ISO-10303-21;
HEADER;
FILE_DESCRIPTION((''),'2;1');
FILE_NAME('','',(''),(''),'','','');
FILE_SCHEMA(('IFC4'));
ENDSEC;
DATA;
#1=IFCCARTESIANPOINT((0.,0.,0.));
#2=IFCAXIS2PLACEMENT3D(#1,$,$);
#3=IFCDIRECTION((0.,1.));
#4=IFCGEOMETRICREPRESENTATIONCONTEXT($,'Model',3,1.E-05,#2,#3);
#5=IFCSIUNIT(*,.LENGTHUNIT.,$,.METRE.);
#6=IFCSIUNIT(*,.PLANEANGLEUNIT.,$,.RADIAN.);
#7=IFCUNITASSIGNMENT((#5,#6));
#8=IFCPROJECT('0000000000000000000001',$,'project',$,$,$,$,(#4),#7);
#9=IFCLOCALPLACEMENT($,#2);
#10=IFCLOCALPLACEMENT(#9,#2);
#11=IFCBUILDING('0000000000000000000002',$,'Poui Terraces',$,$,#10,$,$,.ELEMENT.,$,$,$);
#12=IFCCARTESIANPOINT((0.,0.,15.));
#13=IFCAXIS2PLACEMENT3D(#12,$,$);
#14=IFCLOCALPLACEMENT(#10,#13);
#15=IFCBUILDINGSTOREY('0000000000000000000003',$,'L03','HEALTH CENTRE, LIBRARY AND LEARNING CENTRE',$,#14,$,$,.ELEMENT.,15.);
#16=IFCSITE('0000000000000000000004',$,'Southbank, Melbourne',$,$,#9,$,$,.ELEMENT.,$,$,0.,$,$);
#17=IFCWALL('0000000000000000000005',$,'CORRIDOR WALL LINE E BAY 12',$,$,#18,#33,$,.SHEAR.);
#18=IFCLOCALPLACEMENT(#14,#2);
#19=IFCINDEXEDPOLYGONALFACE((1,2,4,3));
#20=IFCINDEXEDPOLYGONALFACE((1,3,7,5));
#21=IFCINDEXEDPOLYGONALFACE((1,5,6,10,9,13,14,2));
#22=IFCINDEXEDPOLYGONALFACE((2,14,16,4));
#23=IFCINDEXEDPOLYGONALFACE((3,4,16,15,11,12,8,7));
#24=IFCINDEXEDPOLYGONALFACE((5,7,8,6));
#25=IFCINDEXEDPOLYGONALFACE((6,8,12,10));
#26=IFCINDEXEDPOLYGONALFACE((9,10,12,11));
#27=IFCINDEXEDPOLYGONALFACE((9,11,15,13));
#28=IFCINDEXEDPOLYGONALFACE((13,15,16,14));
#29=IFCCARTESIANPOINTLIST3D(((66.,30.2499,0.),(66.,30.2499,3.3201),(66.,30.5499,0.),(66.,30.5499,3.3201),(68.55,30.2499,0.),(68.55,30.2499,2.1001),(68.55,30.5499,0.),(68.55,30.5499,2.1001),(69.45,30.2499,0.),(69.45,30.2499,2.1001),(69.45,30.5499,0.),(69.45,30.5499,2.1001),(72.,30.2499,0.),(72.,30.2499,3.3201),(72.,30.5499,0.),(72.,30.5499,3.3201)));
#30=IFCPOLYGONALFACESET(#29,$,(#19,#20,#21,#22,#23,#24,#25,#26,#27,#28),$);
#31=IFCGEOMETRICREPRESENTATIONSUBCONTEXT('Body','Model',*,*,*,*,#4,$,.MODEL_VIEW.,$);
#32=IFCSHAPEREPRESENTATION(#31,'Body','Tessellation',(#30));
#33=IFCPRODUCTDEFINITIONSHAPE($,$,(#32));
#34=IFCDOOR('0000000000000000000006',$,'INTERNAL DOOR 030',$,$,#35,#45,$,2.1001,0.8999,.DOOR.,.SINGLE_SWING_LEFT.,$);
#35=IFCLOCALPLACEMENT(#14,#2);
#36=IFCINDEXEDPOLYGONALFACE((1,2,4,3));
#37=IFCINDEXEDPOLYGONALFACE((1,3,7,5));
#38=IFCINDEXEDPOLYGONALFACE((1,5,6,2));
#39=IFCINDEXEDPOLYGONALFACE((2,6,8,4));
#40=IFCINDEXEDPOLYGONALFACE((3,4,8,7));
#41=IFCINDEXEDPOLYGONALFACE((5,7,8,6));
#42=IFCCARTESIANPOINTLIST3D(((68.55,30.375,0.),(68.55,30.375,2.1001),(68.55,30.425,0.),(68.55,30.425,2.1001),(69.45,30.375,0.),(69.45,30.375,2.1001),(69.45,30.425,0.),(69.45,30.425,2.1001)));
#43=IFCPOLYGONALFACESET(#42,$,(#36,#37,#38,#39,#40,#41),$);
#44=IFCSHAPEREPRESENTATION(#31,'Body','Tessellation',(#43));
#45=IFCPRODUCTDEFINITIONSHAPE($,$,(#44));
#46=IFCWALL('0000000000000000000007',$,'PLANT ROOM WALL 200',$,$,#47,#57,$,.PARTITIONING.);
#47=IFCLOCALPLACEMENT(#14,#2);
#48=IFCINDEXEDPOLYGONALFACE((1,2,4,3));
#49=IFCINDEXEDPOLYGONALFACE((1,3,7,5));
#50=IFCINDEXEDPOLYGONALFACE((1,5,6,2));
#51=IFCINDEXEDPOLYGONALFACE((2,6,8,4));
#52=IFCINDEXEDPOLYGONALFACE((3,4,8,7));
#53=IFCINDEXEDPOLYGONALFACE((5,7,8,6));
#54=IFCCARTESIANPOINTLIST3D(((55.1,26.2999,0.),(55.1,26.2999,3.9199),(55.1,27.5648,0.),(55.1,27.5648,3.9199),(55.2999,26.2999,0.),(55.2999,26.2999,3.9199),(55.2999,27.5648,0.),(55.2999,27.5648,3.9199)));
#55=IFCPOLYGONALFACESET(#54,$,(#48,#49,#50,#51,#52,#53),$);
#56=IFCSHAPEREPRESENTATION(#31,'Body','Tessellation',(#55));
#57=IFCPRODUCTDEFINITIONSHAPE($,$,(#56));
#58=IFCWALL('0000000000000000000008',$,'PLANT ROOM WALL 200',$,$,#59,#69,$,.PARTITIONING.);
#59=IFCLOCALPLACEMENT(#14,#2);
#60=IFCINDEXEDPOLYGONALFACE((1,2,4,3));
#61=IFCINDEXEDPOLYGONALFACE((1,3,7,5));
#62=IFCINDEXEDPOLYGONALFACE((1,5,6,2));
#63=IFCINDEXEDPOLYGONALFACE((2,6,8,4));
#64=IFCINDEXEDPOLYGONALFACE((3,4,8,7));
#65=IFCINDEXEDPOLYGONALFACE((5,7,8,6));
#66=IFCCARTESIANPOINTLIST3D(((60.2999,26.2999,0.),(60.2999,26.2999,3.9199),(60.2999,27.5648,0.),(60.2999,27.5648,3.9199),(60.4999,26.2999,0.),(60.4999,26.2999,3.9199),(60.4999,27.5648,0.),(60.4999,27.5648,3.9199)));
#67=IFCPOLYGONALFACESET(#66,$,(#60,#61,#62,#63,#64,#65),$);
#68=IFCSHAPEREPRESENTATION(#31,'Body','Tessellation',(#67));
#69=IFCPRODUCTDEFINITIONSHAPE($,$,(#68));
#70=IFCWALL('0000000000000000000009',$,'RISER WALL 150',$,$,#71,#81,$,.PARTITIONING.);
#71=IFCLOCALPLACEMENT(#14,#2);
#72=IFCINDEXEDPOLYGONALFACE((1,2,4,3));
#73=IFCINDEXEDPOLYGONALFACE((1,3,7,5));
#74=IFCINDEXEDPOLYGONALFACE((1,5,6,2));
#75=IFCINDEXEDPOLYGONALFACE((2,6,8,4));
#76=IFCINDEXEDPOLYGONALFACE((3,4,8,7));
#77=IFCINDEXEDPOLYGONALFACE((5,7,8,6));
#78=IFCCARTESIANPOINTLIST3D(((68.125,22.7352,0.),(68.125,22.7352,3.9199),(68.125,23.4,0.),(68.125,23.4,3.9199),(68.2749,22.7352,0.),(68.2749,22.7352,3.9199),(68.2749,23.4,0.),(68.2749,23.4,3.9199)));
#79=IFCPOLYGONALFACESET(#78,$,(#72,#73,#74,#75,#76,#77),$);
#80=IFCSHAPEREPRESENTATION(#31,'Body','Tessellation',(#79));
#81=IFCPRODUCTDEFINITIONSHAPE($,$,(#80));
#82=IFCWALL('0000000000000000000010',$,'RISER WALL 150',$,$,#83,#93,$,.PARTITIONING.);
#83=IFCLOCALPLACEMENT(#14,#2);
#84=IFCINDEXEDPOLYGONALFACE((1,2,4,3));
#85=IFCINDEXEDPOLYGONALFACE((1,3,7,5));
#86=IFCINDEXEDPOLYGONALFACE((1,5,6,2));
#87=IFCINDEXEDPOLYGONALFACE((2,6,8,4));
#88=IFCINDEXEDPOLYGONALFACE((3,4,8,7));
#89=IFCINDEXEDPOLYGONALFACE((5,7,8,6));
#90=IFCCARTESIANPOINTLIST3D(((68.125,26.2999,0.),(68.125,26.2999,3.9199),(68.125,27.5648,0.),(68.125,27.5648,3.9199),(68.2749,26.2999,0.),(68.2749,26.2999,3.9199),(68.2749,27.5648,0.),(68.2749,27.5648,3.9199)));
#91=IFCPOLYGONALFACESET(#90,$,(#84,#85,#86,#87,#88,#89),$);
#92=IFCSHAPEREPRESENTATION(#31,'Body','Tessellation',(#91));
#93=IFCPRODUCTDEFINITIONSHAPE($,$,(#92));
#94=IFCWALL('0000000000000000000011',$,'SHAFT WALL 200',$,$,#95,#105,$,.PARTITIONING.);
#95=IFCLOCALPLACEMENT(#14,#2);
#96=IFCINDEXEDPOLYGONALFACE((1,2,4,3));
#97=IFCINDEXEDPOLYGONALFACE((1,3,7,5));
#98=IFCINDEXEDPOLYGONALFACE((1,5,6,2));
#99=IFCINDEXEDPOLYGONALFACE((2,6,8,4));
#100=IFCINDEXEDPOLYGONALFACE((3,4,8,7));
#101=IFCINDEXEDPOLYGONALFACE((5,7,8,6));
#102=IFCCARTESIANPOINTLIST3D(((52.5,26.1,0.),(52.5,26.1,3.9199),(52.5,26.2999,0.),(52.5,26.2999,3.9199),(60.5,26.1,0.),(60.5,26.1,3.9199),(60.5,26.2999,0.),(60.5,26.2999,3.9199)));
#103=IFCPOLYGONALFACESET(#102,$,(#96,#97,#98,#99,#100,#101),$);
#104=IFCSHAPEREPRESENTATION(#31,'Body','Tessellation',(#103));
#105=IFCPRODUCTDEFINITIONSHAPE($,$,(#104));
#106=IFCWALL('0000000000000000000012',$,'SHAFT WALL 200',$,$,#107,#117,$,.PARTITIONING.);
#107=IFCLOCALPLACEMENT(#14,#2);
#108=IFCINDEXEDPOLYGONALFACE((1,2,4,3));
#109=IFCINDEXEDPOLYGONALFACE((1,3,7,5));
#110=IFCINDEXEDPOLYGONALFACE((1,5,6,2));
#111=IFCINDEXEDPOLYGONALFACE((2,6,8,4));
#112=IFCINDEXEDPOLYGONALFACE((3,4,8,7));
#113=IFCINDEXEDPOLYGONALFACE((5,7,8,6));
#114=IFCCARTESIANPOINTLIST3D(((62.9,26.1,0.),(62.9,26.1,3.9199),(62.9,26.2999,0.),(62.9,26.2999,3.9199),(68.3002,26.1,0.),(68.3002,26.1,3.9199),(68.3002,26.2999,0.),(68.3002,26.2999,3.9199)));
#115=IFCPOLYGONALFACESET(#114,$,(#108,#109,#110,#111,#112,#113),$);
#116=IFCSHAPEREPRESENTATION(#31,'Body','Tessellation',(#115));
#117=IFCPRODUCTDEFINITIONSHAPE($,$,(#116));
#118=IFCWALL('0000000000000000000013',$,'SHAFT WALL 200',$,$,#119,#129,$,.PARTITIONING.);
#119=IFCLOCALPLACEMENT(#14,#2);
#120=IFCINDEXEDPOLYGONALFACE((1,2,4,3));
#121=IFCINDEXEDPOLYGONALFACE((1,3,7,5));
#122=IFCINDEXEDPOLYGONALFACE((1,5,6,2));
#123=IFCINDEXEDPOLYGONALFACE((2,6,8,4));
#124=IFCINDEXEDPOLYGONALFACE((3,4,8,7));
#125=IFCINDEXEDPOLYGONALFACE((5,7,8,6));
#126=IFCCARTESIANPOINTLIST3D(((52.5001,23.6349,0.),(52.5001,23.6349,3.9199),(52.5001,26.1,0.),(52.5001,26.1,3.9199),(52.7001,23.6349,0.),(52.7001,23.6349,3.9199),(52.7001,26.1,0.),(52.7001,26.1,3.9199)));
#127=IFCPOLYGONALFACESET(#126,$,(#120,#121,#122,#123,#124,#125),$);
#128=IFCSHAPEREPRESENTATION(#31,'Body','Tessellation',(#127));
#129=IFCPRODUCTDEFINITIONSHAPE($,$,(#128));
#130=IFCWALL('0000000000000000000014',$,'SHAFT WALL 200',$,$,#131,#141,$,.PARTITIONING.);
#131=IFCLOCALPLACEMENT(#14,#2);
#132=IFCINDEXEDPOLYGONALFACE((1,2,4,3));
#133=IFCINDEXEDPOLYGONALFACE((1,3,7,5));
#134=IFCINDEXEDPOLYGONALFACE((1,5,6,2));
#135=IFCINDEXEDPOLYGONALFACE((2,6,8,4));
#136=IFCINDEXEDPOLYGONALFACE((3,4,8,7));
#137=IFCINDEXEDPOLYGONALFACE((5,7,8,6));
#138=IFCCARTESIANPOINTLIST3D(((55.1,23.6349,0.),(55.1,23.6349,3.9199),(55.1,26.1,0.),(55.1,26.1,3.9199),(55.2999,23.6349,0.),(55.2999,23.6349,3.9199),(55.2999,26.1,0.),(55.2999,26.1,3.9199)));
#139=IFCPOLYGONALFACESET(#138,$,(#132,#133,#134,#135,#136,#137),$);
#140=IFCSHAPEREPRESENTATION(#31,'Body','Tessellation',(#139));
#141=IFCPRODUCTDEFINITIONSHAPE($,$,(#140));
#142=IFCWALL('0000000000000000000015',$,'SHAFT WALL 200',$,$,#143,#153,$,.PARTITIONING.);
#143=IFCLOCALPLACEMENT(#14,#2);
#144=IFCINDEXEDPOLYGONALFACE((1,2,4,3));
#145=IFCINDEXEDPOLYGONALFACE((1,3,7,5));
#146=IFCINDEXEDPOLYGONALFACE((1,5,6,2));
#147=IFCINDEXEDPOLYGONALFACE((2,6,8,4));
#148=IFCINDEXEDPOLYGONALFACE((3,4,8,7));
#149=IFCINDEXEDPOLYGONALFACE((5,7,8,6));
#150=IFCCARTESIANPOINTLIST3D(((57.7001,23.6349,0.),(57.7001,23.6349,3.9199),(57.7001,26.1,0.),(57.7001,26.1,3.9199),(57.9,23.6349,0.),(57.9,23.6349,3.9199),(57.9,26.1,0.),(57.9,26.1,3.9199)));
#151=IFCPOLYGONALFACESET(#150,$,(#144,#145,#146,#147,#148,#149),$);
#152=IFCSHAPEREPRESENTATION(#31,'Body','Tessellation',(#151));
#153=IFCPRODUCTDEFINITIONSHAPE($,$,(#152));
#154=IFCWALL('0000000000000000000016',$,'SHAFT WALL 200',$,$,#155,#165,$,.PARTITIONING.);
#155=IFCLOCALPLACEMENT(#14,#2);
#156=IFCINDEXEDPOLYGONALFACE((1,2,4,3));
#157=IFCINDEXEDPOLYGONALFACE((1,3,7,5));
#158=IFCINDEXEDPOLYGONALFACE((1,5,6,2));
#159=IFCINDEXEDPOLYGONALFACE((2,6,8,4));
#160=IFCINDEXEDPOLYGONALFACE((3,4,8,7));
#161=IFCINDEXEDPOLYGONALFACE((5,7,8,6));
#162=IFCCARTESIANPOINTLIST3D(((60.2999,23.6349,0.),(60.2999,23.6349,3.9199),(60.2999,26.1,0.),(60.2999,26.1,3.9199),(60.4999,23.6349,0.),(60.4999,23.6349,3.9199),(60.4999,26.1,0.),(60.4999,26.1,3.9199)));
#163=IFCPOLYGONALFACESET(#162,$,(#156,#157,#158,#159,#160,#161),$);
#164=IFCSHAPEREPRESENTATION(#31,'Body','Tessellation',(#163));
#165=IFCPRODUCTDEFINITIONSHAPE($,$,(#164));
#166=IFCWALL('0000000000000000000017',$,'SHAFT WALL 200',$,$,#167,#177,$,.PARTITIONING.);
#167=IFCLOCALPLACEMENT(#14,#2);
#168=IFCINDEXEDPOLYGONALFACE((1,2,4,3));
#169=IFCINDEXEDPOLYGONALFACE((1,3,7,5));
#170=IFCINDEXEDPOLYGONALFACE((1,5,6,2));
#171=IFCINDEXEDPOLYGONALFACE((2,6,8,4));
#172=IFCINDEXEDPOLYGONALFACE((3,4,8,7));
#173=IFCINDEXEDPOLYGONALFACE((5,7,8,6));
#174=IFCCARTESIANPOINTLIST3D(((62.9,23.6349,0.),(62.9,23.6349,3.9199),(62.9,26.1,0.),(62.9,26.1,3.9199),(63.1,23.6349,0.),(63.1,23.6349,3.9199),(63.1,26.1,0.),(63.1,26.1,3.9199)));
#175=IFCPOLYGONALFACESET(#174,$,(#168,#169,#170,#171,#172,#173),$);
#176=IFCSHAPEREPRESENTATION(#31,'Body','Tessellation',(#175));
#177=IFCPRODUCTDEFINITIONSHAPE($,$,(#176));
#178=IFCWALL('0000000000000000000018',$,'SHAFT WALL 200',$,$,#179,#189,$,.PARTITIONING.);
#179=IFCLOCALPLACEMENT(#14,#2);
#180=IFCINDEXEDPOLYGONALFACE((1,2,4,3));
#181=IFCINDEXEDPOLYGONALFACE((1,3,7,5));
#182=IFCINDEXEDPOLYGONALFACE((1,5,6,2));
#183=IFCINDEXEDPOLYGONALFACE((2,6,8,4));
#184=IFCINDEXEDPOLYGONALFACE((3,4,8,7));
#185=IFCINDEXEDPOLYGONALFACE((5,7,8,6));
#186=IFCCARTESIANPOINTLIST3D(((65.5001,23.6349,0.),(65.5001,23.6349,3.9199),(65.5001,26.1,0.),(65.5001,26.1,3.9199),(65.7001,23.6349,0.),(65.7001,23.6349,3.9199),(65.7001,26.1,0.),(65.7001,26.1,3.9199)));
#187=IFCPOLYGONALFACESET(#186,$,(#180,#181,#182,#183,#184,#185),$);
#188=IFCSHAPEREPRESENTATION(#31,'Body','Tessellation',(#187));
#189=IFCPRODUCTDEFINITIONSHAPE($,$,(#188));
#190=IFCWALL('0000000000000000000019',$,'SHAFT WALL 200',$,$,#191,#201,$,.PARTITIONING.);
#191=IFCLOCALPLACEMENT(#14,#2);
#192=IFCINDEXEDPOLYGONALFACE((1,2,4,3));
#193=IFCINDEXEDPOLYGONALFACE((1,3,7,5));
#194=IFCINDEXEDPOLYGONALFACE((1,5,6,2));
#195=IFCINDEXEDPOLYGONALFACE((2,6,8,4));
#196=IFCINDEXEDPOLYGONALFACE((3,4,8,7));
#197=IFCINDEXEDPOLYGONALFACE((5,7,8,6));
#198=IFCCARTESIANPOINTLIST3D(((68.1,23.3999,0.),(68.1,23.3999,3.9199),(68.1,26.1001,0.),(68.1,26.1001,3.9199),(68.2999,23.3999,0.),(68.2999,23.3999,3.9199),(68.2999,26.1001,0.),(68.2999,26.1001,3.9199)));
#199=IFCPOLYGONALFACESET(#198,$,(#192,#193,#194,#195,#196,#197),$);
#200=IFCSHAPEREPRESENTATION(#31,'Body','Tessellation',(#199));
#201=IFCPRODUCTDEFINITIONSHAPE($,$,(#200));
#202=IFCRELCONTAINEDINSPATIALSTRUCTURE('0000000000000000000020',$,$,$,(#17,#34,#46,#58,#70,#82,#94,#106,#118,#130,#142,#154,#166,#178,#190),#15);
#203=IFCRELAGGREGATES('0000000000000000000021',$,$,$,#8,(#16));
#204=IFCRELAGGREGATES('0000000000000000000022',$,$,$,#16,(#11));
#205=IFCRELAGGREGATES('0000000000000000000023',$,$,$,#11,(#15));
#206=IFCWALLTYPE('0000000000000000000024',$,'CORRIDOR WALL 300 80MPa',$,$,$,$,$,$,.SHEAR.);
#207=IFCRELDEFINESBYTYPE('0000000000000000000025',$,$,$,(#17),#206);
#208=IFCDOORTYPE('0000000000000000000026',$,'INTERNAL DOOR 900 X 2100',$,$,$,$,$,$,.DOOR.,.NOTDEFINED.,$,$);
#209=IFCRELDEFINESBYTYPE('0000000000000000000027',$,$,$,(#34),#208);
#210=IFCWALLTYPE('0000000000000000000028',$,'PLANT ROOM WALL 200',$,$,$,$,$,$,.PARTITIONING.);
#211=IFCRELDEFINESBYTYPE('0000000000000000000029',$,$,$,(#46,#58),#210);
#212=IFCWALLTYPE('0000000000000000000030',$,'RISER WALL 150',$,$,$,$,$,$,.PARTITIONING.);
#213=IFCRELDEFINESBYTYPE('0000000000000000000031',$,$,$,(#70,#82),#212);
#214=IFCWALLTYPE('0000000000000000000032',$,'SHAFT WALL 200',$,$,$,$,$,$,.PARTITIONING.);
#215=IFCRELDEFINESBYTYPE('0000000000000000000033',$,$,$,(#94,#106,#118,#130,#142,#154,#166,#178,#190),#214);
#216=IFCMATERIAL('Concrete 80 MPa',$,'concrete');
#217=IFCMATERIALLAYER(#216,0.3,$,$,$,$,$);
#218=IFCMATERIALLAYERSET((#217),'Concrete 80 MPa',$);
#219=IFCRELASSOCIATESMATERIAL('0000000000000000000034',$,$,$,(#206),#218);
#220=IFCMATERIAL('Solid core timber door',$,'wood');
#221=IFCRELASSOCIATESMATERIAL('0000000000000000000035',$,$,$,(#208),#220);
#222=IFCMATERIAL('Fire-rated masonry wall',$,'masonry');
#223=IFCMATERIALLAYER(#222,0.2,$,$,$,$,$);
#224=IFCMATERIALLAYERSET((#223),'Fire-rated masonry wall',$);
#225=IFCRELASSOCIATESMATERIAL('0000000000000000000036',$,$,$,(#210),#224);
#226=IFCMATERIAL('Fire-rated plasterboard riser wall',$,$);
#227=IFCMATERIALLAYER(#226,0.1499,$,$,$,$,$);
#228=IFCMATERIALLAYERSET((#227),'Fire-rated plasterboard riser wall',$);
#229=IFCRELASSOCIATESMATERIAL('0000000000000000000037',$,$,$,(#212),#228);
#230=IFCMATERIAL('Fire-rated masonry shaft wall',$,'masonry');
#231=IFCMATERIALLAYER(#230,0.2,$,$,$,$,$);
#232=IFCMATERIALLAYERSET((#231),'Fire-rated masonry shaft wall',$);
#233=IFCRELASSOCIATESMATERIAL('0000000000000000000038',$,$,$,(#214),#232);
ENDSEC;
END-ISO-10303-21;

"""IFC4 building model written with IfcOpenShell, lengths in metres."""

from ifc_helpers import new_model, si_unit, direction, frame, frame_2d, origin, place, context, subcontext, project, spatial, rectangle, extrude, material, layer, layer_set, type_object, element, fill, save


model = new_model("IFC4")

# Units and contexts
model_context = context("Model", 3, precision=1e-05, world=origin(), true_north=direction((0.0, 1.0)))
body_context = subcontext(model_context, "Body", "Model", "MODEL_VIEW")
ifc_project = project(units=[si_unit("LENGTHUNIT", "METRE"), si_unit("PLANEANGLEUNIT", "RADIAN")], contexts=[model_context])

# Site, building, storey
site_placement = place(None, origin())
site = spatial("IfcSite", under=ifc_project, at=site_placement, Name="Southbank, Melbourne", CompositionType="ELEMENT", RefElevation=0.0)
building_placement = place(site_placement, origin())
building = spatial("IfcBuilding", under=site, at=building_placement, Name="Poui Terraces", CompositionType="ELEMENT")
storey_placement = place(building_placement, frame((0.0, 0.0, 15.0)))
storey = spatial("IfcBuildingStorey", under=building, at=storey_placement, Name="L03", Description="HEALTH CENTRE, LIBRARY AND LEARNING CENTRE", CompositionType="ELEMENT", Elevation=15.0)

# Shared definitions
ifc_material_1 = material(Name="Concrete 80 MPa", Category="concrete")

# Shared definitions
ifc_material_2 = material(Name="Fire-rated masonry wall", Category="masonry")

# Shared definitions
ifc_layer_1 = layer(ifc_material_1, 0.3)
ifc_layer_set_1 = layer_set([ifc_layer_1], Name="Concrete 80 MPa")
wall_type_1 = type_object("IfcWallType", Name="CORRIDOR WALL 300 80MPa", PredefinedType="SHEAR", material=ifc_layer_set_1)
ifc_material_3 = material(Name="Solid core timber door", Category="wood")
door_type_1 = type_object("IfcDoorType", Name="INTERNAL DOOR 900 X 2100", OperationType="NOTDEFINED", PredefinedType="DOOR", material=ifc_material_3)

# Wall, opening, door
wall_1_placement = place(storey_placement, frame((66.0, 30.3999, 0.0), z_axis=(0.0, 0.0, 1.0), x_axis=(1.0, 0.0, 0.0)))
wall_1 = element("IfcWall", 1, at=wall_1_placement, inside=storey, type_object=wall_type_1, Name="CORRIDOR WALL LINE E BAY 12", PredefinedType="SHEAR", context=body_context, shape_type="SweptSolid", body=[
    extrude(rectangle(XDim=6.0, YDim=0.3, at=frame_2d((3.0, 0.0))), origin(), (0.0, 0.0, 1.0), 3.3201),
])
opening_1_placement = place(wall_1_placement, frame((2.55, 0.0, 0.0)))
opening_1 = element("IfcOpeningElement", 2, at=opening_1_placement, cuts=wall_1, PredefinedType="OPENING", context=body_context, shape_type="SweptSolid", body=[
    extrude(rectangle(XDim=0.8999, YDim=2.1001, at=frame_2d((0.45, 1.05))), frame((0.0, 0.1602, 0.0), z_axis=(0.0, -1.0, 0.0), x_axis=(1.0, 0.0, 0.0)), (0.0, 0.0, 1.0), 0.3201),
])
door_1_placement = place(opening_1_placement, frame((0.8999, 0.0, 0.0), z_axis=(0.0, 0.0, 1.0), x_axis=(-1.0, 0.0, 0.0)))
door_1 = element("IfcDoor", 3, at=door_1_placement, inside=storey, type_object=door_type_1, Name="INTERNAL DOOR 030", OperationType="SINGLE_SWING_LEFT", OverallHeight=2.1001, OverallWidth=0.8999, PredefinedType="DOOR", context=body_context, shape_type="SweptSolid", body=[
    extrude(rectangle(XDim=0.8999, YDim=2.1001, at=frame_2d((0.45, 1.05))), frame((0.0, 0.0249, 0.0), z_axis=(0.0, -1.0, 0.0), x_axis=(1.0, 0.0, 0.0)), (0.0, 0.0, 1.0), 0.05),
])
fill(opening_1, door_1)

# Walls
ifc_layer_2 = layer(ifc_material_2, 0.2)
ifc_layer_set_2 = layer_set([ifc_layer_2], Name="Fire-rated masonry wall")
wall_type_2 = type_object("IfcWallType", Name="PLANT ROOM WALL 200", PredefinedType="PARTITIONING", material=ifc_layer_set_2)
for number, where, z_axis, x_axis, name in (
    (4, (55.2, 26.3, 0.0), (0.0, 0.0, 1.0), (0.0, 1.0, 0.0), "PLANT ROOM WALL 200"),
    (5, (60.3999, 26.3, 0.0), (0.0, 0.0, 1.0), (0.0, 1.0, 0.0), "PLANT ROOM WALL 200"),
):
    element("IfcWall", number, at=place(storey_placement, frame(where, z_axis=z_axis, x_axis=x_axis)), inside=storey, type_object=wall_type_2, Name=name, PredefinedType="PARTITIONING", context=body_context, shape_type="SweptSolid", body=[
        extrude(rectangle(XDim=1.2649, YDim=0.2, at=frame_2d((0.6323, 0.0))), origin(), (0.0, 0.0, 1.0), 3.9199),
    ])
ifc_material_4 = material(Name="Fire-rated plasterboard riser wall")
ifc_layer_3 = layer(ifc_material_4, 0.1499)
ifc_layer_set_3 = layer_set([ifc_layer_3], Name="Fire-rated plasterboard riser wall")
wall_type_3 = type_object("IfcWallType", Name="RISER WALL 150", PredefinedType="PARTITIONING", material=ifc_layer_set_3)
wall_2_placement = place(storey_placement, frame((68.2, 22.7351, 0.0), z_axis=(0.0, 0.0, 1.0), x_axis=(0.0, 1.0, 0.0)))
element("IfcWall", 6, at=wall_2_placement, inside=storey, type_object=wall_type_3, Name="RISER WALL 150", PredefinedType="PARTITIONING", context=body_context, shape_type="SweptSolid", body=[
    extrude(rectangle(XDim=0.6648, YDim=0.1499, at=frame_2d((0.3325, 0.0))), origin(), (0.0, 0.0, 1.0), 3.9199),
])
wall_3_placement = place(storey_placement, frame((68.2, 26.3, 0.0), z_axis=(0.0, 0.0, 1.0), x_axis=(0.0, 1.0, 0.0)))
element("IfcWall", 7, at=wall_3_placement, inside=storey, type_object=wall_type_3, Name="RISER WALL 150", PredefinedType="PARTITIONING", context=body_context, shape_type="SweptSolid", body=[
    extrude(rectangle(XDim=1.2649, YDim=0.1499, at=frame_2d((0.6323, 0.0))), origin(), (0.0, 0.0, 1.0), 3.9199),
])
ifc_material_5 = material(Name="Fire-rated masonry shaft wall", Category="masonry")
ifc_layer_4 = layer(ifc_material_5, 0.2)
ifc_layer_set_4 = layer_set([ifc_layer_4], Name="Fire-rated masonry shaft wall")
wall_type_4 = type_object("IfcWallType", Name="SHAFT WALL 200", PredefinedType="PARTITIONING", material=ifc_layer_set_4)
wall_4_placement = place(storey_placement, frame((52.5, 26.2, 0.0), z_axis=(0.0, 0.0, 1.0), x_axis=(1.0, 0.0, 0.0)))
element("IfcWall", 8, at=wall_4_placement, inside=storey, type_object=wall_type_4, Name="SHAFT WALL 200", PredefinedType="PARTITIONING", context=body_context, shape_type="SweptSolid", body=[
    extrude(rectangle(XDim=8.0, YDim=0.2, at=frame_2d((4.0, 0.0))), origin(), (0.0, 0.0, 1.0), 3.9199),
])
wall_5_placement = place(storey_placement, frame((62.8999, 26.2, 0.0), z_axis=(0.0, 0.0, 1.0), x_axis=(1.0, 0.0, 0.0)))
element("IfcWall", 9, at=wall_5_placement, inside=storey, type_object=wall_type_4, Name="SHAFT WALL 200", PredefinedType="PARTITIONING", context=body_context, shape_type="SweptSolid", body=[
    extrude(rectangle(XDim=5.4001, YDim=0.2, at=frame_2d((2.7002, 0.0))), origin(), (0.0, 0.0, 1.0), 3.9199),
])
for number, where, z_axis, x_axis, name in (
    (10, (52.6001, 23.635, 0.0), (0.0, 0.0, 1.0), (0.0, 1.0, 0.0), "SHAFT WALL 200"),
    (11, (55.2, 23.635, 0.0), (0.0, 0.0, 1.0), (0.0, 1.0, 0.0), "SHAFT WALL 200"),
    (12, (57.8, 23.635, 0.0), (0.0, 0.0, 1.0), (0.0, 1.0, 0.0), "SHAFT WALL 200"),
    (13, (60.3999, 23.635, 0.0), (0.0, 0.0, 1.0), (0.0, 1.0, 0.0), "SHAFT WALL 200"),
    (14, (63.0, 23.635, 0.0), (0.0, 0.0, 1.0), (0.0, 1.0, 0.0), "SHAFT WALL 200"),
    (15, (65.6001, 23.635, 0.0), (0.0, 0.0, 1.0), (0.0, 1.0, 0.0), "SHAFT WALL 200"),
):
    element("IfcWall", number, at=place(storey_placement, frame(where, z_axis=z_axis, x_axis=x_axis)), inside=storey, type_object=wall_type_4, Name=name, PredefinedType="PARTITIONING", context=body_context, shape_type="SweptSolid", body=[
        extrude(rectangle(XDim=2.4651, YDim=0.2, at=frame_2d((1.2324, 0.0))), origin(), (0.0, 0.0, 1.0), 3.9199),
    ])
wall_6_placement = place(storey_placement, frame((68.2, 23.3999, 0.0), z_axis=(0.0, 0.0, 1.0), x_axis=(0.0, 1.0, 0.0)))
element("IfcWall", 16, at=wall_6_placement, inside=storey, type_object=wall_type_4, Name="SHAFT WALL 200", PredefinedType="PARTITIONING", context=body_context, shape_type="SweptSolid", body=[
    extrude(rectangle(XDim=2.7002, YDim=0.2, at=frame_2d((1.3501, 0.0))), origin(), (0.0, 0.0, 1.0), 3.9199),
])

save(model, "model.ifc")
